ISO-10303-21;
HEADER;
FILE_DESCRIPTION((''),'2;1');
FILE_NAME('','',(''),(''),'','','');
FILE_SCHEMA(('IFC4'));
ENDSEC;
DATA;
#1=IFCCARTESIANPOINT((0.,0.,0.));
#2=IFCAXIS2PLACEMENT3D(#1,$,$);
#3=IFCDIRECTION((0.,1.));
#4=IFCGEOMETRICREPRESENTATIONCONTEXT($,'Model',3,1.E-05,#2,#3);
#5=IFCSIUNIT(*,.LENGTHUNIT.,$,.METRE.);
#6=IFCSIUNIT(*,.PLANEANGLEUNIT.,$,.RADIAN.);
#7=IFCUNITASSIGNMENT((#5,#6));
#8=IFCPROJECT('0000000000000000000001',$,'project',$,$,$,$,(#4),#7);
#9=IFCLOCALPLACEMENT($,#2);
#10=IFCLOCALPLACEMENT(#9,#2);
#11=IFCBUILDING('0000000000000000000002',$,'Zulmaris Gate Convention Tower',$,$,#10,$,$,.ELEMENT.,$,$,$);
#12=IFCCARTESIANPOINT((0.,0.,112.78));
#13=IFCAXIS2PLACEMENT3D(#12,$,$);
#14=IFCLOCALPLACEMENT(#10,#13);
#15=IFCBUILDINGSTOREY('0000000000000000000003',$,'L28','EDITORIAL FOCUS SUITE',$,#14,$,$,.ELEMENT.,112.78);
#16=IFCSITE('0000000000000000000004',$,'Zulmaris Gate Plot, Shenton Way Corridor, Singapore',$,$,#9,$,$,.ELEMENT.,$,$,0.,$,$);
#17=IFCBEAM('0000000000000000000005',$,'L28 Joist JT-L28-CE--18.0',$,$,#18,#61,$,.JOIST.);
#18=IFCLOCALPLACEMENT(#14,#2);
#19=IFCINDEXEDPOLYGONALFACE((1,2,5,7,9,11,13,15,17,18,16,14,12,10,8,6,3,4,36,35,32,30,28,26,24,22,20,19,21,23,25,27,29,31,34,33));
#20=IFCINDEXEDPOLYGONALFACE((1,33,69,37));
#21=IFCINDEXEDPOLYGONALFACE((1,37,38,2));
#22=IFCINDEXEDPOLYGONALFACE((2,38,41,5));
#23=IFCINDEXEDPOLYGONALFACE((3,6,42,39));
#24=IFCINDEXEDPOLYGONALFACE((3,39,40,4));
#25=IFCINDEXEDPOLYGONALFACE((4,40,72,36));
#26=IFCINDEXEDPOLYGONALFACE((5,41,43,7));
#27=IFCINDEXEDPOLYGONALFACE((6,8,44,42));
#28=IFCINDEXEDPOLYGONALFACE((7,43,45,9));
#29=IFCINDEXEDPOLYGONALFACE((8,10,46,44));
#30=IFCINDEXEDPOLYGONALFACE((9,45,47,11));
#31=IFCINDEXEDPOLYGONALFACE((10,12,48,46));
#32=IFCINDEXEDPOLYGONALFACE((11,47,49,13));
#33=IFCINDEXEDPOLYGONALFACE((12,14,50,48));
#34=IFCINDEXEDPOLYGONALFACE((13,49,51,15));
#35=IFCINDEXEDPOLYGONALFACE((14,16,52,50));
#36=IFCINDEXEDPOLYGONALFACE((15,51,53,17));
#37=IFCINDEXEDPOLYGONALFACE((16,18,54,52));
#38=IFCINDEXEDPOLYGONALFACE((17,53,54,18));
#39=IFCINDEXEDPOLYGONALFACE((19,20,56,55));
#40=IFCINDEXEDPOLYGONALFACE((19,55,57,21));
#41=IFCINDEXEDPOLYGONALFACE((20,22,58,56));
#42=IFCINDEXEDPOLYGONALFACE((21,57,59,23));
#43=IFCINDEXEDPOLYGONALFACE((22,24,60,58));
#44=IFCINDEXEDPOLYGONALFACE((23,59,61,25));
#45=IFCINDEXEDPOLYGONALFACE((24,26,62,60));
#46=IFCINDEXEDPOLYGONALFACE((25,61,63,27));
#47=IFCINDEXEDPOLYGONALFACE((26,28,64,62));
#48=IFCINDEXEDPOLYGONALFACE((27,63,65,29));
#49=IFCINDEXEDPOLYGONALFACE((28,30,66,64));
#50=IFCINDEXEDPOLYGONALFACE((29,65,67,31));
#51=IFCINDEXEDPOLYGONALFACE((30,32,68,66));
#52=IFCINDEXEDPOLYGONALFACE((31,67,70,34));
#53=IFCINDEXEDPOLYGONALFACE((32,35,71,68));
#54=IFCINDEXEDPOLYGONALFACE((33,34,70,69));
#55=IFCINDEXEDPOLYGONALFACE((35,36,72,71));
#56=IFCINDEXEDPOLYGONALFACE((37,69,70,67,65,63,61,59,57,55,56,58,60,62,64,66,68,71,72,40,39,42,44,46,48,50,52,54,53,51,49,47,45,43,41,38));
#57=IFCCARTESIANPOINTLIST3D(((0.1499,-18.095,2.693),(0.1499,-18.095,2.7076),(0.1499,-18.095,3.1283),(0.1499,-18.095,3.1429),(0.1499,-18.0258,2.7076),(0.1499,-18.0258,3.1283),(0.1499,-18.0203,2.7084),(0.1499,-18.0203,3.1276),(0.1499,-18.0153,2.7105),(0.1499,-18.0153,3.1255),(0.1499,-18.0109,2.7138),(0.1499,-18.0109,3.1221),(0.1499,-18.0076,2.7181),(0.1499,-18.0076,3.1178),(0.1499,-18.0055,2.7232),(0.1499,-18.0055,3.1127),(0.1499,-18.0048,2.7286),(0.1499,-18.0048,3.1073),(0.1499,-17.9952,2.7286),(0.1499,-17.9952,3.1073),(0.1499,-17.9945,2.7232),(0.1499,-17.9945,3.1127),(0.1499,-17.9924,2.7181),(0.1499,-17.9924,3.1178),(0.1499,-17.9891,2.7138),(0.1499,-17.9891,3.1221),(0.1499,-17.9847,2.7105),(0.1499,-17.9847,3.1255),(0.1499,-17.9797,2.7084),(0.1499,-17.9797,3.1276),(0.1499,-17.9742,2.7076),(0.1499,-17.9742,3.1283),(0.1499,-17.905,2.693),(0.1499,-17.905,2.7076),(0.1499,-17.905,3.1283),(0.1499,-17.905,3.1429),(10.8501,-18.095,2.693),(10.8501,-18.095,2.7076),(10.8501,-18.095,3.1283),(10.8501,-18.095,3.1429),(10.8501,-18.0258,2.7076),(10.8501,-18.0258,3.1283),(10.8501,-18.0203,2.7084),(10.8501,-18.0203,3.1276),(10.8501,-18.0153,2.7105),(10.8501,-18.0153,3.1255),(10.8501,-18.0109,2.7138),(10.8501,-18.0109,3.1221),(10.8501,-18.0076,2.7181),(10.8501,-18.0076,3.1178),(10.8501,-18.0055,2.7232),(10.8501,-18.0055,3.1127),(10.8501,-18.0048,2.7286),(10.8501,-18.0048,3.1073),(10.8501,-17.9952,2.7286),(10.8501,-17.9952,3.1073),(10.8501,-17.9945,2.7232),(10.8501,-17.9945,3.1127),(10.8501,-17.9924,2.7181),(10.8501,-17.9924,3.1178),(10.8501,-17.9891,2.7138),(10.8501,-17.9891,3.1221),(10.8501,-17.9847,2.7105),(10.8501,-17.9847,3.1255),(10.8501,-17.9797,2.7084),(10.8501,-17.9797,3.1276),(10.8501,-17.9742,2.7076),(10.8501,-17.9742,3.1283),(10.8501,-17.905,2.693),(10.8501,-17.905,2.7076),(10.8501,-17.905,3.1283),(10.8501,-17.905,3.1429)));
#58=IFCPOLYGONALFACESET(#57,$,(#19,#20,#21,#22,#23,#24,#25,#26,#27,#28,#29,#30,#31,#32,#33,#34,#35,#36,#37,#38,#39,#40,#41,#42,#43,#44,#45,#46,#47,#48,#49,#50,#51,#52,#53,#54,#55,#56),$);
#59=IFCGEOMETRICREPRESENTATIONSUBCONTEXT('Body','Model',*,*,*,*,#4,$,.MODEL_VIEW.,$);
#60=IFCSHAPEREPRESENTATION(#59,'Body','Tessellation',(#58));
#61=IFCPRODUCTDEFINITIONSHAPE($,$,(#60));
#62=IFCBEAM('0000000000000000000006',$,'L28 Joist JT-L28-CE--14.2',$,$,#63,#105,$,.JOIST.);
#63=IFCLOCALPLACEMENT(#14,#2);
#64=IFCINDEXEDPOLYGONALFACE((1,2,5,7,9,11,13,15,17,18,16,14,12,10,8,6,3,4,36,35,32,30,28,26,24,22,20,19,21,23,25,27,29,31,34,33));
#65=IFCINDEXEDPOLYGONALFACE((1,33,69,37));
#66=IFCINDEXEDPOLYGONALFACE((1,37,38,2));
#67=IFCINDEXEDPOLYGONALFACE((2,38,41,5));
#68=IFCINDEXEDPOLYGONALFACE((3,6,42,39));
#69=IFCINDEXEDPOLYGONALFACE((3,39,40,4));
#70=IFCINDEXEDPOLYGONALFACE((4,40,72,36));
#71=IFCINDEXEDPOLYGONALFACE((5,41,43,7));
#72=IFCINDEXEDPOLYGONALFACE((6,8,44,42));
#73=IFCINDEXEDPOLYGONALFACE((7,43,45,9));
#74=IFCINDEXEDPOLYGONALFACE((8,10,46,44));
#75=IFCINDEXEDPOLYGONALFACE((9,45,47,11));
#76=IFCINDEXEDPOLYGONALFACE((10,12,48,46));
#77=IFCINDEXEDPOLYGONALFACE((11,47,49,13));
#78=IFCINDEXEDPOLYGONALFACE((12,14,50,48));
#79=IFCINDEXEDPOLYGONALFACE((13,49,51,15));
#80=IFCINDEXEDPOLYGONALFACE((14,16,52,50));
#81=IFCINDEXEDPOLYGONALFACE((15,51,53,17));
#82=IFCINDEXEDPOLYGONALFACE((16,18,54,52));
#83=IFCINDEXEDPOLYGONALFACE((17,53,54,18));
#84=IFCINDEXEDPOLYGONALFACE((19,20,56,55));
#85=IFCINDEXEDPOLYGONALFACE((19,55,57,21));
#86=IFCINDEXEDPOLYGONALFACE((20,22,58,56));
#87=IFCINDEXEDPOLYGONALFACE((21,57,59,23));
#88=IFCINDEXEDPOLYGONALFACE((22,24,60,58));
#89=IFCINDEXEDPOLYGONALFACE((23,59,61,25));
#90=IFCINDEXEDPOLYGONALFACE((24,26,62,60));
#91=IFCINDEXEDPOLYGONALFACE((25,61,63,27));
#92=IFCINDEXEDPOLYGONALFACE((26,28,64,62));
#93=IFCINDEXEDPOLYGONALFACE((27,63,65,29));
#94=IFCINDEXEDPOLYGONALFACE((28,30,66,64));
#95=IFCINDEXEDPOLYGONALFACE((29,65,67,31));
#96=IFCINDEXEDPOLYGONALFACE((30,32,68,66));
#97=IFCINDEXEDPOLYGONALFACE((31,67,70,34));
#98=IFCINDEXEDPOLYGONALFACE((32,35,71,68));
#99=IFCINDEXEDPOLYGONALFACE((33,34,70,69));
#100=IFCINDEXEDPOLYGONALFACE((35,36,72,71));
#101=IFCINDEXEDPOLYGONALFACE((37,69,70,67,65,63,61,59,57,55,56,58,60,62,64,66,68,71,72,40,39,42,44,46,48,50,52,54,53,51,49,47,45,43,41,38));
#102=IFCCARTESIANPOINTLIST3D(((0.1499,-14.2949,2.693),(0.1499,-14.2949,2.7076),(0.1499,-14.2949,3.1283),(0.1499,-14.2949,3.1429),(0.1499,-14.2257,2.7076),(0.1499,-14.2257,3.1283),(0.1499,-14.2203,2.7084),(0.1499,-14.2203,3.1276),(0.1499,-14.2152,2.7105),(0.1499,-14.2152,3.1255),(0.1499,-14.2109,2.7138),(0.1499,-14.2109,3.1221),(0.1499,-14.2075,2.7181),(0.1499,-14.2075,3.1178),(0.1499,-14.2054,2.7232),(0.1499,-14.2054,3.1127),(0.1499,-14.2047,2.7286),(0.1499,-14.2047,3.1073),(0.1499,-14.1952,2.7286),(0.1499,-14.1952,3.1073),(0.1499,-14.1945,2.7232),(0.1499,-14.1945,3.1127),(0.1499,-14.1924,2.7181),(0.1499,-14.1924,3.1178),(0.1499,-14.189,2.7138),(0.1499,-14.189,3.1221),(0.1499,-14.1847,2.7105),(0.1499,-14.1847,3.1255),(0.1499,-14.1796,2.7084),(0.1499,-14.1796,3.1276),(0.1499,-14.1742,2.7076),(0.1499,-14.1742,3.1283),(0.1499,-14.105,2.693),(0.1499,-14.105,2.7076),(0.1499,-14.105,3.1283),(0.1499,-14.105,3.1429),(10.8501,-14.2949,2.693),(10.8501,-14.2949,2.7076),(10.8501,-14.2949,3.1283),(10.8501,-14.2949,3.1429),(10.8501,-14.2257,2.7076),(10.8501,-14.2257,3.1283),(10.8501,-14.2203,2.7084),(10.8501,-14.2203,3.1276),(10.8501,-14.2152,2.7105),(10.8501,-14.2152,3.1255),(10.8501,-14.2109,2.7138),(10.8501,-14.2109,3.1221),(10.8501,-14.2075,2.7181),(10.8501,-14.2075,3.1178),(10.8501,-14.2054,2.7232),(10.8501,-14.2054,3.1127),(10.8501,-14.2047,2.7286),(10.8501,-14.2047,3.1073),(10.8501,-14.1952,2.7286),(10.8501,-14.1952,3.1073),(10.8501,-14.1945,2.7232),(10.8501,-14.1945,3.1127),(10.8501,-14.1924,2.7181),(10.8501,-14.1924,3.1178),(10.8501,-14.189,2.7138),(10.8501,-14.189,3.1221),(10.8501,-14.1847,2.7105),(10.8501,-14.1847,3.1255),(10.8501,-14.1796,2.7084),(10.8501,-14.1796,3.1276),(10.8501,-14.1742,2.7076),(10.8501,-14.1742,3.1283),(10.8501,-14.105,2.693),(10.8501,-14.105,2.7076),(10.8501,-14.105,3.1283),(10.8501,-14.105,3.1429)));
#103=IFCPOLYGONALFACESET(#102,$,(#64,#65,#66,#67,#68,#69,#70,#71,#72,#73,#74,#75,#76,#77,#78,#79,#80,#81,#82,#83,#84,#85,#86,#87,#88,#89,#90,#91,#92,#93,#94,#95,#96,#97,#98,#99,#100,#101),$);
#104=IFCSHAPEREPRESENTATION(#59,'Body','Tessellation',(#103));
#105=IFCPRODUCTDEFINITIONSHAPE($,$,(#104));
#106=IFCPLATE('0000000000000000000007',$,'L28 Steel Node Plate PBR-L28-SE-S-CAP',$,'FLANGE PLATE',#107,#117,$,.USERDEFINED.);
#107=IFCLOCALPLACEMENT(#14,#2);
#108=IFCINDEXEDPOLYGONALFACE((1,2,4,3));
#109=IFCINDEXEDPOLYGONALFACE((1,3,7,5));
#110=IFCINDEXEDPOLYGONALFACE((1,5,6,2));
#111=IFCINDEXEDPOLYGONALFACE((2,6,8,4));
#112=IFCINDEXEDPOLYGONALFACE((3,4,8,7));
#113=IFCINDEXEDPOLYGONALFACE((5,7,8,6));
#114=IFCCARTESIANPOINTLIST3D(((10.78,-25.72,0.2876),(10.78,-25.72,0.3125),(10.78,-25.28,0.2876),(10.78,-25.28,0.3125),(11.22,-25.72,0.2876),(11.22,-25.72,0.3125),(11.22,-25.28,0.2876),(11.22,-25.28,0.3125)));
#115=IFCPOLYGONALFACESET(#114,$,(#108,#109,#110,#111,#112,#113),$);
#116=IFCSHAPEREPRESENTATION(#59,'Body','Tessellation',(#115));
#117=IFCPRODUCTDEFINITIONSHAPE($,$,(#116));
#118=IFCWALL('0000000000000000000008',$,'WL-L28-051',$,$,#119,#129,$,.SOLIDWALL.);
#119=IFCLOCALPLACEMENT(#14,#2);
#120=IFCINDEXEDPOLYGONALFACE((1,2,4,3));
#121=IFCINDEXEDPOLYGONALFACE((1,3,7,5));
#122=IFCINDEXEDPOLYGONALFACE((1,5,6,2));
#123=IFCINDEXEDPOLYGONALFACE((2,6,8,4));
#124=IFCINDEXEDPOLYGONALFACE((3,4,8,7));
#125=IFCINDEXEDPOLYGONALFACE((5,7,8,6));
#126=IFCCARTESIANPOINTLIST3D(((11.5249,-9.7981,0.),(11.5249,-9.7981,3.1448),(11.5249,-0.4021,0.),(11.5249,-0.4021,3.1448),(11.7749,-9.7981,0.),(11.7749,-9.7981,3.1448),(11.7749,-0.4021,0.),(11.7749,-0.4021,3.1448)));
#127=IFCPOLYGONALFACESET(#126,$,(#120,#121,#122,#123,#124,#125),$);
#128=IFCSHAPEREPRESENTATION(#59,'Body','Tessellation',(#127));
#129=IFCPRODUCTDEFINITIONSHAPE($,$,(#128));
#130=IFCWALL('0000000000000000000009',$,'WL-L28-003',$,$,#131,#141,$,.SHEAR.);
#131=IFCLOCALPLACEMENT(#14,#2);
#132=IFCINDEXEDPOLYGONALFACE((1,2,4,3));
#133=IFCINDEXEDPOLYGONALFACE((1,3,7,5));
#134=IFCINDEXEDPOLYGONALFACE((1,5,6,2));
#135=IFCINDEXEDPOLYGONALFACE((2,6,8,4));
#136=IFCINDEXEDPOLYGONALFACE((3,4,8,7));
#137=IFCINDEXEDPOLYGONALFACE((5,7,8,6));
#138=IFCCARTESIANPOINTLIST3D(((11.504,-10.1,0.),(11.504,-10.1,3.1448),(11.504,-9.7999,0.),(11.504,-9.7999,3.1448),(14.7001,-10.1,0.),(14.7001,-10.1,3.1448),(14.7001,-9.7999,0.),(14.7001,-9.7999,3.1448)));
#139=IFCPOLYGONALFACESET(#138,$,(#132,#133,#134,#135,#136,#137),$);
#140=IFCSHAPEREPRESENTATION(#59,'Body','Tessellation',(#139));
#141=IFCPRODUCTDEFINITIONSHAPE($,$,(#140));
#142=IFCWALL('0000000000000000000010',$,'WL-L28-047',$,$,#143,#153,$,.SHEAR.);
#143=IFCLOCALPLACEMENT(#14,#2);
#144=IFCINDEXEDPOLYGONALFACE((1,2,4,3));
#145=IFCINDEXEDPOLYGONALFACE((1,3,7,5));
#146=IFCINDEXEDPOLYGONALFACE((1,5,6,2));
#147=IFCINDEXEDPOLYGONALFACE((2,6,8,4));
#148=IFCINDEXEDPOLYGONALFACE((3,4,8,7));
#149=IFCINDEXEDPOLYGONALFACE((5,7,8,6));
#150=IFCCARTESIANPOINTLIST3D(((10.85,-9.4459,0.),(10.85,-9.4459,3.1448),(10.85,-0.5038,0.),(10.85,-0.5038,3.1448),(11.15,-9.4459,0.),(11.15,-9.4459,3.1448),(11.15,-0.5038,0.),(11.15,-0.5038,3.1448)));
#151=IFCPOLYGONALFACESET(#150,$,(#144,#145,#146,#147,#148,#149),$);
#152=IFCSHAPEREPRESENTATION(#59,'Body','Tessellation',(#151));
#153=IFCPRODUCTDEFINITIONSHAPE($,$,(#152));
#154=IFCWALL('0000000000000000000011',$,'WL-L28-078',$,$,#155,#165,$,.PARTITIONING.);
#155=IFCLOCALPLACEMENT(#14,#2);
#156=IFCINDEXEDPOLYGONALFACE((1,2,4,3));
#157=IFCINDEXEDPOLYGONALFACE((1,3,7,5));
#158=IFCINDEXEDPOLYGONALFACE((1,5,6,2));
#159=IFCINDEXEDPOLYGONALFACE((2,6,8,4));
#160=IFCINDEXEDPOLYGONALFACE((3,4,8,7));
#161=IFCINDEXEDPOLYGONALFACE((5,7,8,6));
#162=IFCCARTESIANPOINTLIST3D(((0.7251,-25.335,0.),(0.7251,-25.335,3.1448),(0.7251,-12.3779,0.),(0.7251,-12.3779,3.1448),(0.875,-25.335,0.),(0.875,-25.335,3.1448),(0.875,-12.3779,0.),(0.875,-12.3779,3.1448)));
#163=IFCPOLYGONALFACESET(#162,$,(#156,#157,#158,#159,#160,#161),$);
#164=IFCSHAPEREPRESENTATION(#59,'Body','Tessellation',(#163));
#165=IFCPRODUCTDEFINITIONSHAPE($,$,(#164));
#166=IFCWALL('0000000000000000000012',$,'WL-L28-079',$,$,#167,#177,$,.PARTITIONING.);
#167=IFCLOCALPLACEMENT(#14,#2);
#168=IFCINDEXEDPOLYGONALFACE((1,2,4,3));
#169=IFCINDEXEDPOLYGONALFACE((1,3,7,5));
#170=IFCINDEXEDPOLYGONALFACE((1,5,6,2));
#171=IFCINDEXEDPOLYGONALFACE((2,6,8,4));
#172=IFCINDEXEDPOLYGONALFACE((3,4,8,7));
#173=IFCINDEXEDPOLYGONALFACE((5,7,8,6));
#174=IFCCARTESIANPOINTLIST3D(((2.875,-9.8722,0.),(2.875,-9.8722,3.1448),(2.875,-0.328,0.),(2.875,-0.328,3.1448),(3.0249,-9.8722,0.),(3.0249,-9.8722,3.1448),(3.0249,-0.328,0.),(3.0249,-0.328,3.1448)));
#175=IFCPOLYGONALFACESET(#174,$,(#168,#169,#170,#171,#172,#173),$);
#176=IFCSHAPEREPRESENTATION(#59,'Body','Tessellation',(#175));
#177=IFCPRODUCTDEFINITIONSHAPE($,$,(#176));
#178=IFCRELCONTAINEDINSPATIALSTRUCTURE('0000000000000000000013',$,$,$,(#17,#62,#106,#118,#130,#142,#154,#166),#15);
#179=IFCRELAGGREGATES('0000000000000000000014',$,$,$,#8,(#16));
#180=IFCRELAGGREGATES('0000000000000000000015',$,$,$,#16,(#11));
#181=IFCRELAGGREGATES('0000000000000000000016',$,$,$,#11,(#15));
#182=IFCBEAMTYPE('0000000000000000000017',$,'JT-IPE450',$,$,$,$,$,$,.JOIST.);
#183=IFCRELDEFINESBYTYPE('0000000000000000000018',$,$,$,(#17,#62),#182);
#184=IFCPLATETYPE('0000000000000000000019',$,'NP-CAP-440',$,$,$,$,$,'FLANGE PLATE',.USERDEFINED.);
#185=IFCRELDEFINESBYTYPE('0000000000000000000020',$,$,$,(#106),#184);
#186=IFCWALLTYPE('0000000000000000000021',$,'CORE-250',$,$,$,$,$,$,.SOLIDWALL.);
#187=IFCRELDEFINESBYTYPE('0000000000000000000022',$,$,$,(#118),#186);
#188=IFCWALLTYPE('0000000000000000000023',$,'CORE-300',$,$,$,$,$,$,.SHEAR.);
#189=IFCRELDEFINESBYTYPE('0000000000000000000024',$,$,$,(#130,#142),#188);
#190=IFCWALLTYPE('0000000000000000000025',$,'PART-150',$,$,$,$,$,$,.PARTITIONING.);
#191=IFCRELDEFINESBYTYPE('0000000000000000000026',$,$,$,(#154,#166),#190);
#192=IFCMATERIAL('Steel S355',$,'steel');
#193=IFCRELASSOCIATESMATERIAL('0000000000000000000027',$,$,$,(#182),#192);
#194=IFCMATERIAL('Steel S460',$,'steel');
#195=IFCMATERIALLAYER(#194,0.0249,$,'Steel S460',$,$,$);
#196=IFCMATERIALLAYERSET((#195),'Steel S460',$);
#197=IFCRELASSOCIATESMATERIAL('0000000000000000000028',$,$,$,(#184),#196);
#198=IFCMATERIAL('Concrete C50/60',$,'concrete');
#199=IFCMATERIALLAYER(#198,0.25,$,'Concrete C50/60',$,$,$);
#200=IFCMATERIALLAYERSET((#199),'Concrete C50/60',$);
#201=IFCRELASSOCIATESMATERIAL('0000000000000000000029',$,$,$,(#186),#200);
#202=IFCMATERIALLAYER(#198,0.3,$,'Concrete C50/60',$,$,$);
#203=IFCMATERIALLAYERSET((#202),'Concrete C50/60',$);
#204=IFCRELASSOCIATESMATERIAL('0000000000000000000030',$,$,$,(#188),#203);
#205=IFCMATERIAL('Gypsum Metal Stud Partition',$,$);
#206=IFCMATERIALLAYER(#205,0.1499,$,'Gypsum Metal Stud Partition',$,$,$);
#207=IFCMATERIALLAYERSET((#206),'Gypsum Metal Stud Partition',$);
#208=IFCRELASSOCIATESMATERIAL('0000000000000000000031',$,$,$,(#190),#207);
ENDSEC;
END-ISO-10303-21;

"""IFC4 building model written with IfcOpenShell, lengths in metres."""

from ifc_helpers import new_model, si_unit, direction, frame, frame_2d, origin, origin_2d, place, context, subcontext, project, spatial, rectangle, i_section, extrude, material, layer, layer_set, material_profile, profile_set, type_object, element, save


model = new_model("IFC4")

# Units and contexts
model_context = context("Model", 3, precision=1e-05, world=origin(), true_north=direction((0.0, 1.0)))
body_context = subcontext(model_context, "Body", "Model", "MODEL_VIEW")
ifc_project = project(units=[si_unit("LENGTHUNIT", "METRE"), si_unit("PLANEANGLEUNIT", "RADIAN")], contexts=[model_context])

# Site, building, storey
site_placement = place(None, origin())
site = spatial("IfcSite", under=ifc_project, at=site_placement, Name="Zulmaris Gate Plot, Shenton Way Corridor, Singapore", CompositionType="ELEMENT", RefElevation=0.0)
building_placement = place(site_placement, origin())
building = spatial("IfcBuilding", under=site, at=building_placement, Name="Zulmaris Gate Convention Tower", CompositionType="ELEMENT")
storey_placement = place(building_placement, frame((0.0, 0.0, 112.78)))
storey = spatial("IfcBuildingStorey", under=building, at=storey_placement, Name="L28", Description="EDITORIAL FOCUS SUITE", CompositionType="ELEMENT", Elevation=112.78)

# Shared definitions
ifc_material_1 = material(Name="Steel S355", Category="steel")

# Shared definitions
ifc_material_2 = material(Name="Steel S460", Category="steel")

# Beams
ifc_material_profile_1 = material_profile(ifc_material_1, i_section(OverallWidth=0.1899, OverallDepth=0.45, WebThickness=0.0095, FlangeThickness=0.0146, FilletRadius=0.021, at=origin_2d()), Name="IPE 450")
ifc_profile_set_1 = profile_set([ifc_material_profile_1], Name="Steel S355")
beam_type_1 = type_object("IfcBeamType", Name="JT-IPE450", PredefinedType="JOIST", material=ifc_profile_set_1)
for number, where, z_axis, x_axis, name in (
    (1, (0.1499, -18.0, 2.918), (1.0, 0.0, 0.0), (0.0, 1.0, 0.0), "L28 Joist JT-L28-CE--18.0"),
    (2, (0.1499, -14.2, 2.918), (1.0, 0.0, 0.0), (0.0, 1.0, 0.0), "L28 Joist JT-L28-CE--14.2"),
):
    element("IfcBeam", number, at=place(storey_placement, frame(where, z_axis=z_axis, x_axis=x_axis)), inside=storey, type_object=beam_type_1, Name=name, PredefinedType="JOIST", context=body_context, shape_type="SweptSolid", body=[
        extrude(i_section(OverallWidth=0.1899, OverallDepth=0.45, WebThickness=0.0095, FlangeThickness=0.0146, FilletRadius=0.021, at=origin_2d()), origin(), (0.0, 0.0, 1.0), 10.7002),
    ])

# Plate
ifc_layer_1 = layer(ifc_material_2, 0.0249, Name="Steel S460")
ifc_layer_set_1 = layer_set([ifc_layer_1], Name="Steel S460")
plate_type = type_object("IfcPlateType", Name="NP-CAP-440", ElementType="FLANGE PLATE", PredefinedType="USERDEFINED", material=ifc_layer_set_1)
plate_placement = place(storey_placement, frame((11.0, -25.5, 0.2876), z_axis=(0.0, 0.0, 1.0), x_axis=(1.0, 0.0, 0.0)))
element("IfcPlate", 3, at=plate_placement, inside=storey, type_object=plate_type, Name="L28 Steel Node Plate PBR-L28-SE-S-CAP", ObjectType="FLANGE PLATE", PredefinedType="USERDEFINED", context=body_context, shape_type="SweptSolid", body=[
    extrude(rectangle(XDim=0.4399, YDim=0.4399, at=origin_2d()), origin(), (0.0, 0.0, 1.0), 0.0249),
])

# Walls
ifc_material_3 = material(Name="Concrete C50/60", Category="concrete")
ifc_layer_2 = layer(ifc_material_3, 0.25, Name="Concrete C50/60")
ifc_layer_set_2 = layer_set([ifc_layer_2], Name="Concrete C50/60")
wall_type_1 = type_object("IfcWallType", Name="CORE-250", PredefinedType="SOLIDWALL", material=ifc_layer_set_2)
wall_1_placement = place(storey_placement, frame((11.6499, -9.7981, 0.0), z_axis=(0.0, 0.0, 1.0), x_axis=(0.0, 1.0, 0.0)))
element("IfcWall", 4, at=wall_1_placement, inside=storey, type_object=wall_type_1, Name="WL-L28-051", PredefinedType="SOLIDWALL", context=body_context, shape_type="SweptSolid", body=[
    extrude(rectangle(XDim=9.396, YDim=0.25, at=frame_2d((4.698, 0.0))), origin(), (0.0, 0.0, 1.0), 3.1448),
])
ifc_layer_3 = layer(ifc_material_3, 0.3, Name="Concrete C50/60")
ifc_layer_set_3 = layer_set([ifc_layer_3], Name="Concrete C50/60")
wall_type_2 = type_object("IfcWallType", Name="CORE-300", PredefinedType="SHEAR", material=ifc_layer_set_3)
wall_2_placement = place(storey_placement, frame((11.5039, -9.95, 0.0), z_axis=(0.0, 0.0, 1.0), x_axis=(1.0, 0.0, 0.0)))
element("IfcWall", 5, at=wall_2_placement, inside=storey, type_object=wall_type_2, Name="WL-L28-003", PredefinedType="SHEAR", context=body_context, shape_type="SweptSolid", body=[
    extrude(rectangle(XDim=3.196, YDim=0.3, at=frame_2d((1.5981, 0.0))), origin(), (0.0, 0.0, 1.0), 3.1448),
])
wall_3_placement = place(storey_placement, frame((11.0, -9.446, 0.0), z_axis=(0.0, 0.0, 1.0), x_axis=(0.0, 1.0, 0.0)))
element("IfcWall", 6, at=wall_3_placement, inside=storey, type_object=wall_type_2, Name="WL-L28-047", PredefinedType="SHEAR", context=body_context, shape_type="SweptSolid", body=[
    extrude(rectangle(XDim=8.9421, YDim=0.3, at=frame_2d((4.4712, 0.0))), origin(), (0.0, 0.0, 1.0), 3.1448),
])
ifc_material_4 = material(Name="Gypsum Metal Stud Partition")
ifc_layer_4 = layer(ifc_material_4, 0.1499, Name="Gypsum Metal Stud Partition")
ifc_layer_set_4 = layer_set([ifc_layer_4], Name="Gypsum Metal Stud Partition")
wall_type_3 = type_object("IfcWallType", Name="PART-150", PredefinedType="PARTITIONING", material=ifc_layer_set_4)
wall_4_placement = place(storey_placement, frame((0.8, -25.335, 0.0), z_axis=(0.0, 0.0, 1.0), x_axis=(0.0, 1.0, 0.0)))
element("IfcWall", 7, at=wall_4_placement, inside=storey, type_object=wall_type_3, Name="WL-L28-078", PredefinedType="PARTITIONING", context=body_context, shape_type="SweptSolid", body=[
    extrude(rectangle(XDim=12.957, YDim=0.1499, at=frame_2d((6.4785, 0.0))), origin(), (0.0, 0.0, 1.0), 3.1448),
])
wall_5_placement = place(storey_placement, frame((2.95, -9.8721, 0.0), z_axis=(0.0, 0.0, 1.0), x_axis=(0.0, 1.0, 0.0)))
element("IfcWall", 8, at=wall_5_placement, inside=storey, type_object=wall_type_3, Name="WL-L28-079", PredefinedType="PARTITIONING", context=body_context, shape_type="SweptSolid", body=[
    extrude(rectangle(XDim=9.5442, YDim=0.1499, at=frame_2d((4.772, 0.0))), origin(), (0.0, 0.0, 1.0), 3.1448),
])

save(model, "model.ifc")
